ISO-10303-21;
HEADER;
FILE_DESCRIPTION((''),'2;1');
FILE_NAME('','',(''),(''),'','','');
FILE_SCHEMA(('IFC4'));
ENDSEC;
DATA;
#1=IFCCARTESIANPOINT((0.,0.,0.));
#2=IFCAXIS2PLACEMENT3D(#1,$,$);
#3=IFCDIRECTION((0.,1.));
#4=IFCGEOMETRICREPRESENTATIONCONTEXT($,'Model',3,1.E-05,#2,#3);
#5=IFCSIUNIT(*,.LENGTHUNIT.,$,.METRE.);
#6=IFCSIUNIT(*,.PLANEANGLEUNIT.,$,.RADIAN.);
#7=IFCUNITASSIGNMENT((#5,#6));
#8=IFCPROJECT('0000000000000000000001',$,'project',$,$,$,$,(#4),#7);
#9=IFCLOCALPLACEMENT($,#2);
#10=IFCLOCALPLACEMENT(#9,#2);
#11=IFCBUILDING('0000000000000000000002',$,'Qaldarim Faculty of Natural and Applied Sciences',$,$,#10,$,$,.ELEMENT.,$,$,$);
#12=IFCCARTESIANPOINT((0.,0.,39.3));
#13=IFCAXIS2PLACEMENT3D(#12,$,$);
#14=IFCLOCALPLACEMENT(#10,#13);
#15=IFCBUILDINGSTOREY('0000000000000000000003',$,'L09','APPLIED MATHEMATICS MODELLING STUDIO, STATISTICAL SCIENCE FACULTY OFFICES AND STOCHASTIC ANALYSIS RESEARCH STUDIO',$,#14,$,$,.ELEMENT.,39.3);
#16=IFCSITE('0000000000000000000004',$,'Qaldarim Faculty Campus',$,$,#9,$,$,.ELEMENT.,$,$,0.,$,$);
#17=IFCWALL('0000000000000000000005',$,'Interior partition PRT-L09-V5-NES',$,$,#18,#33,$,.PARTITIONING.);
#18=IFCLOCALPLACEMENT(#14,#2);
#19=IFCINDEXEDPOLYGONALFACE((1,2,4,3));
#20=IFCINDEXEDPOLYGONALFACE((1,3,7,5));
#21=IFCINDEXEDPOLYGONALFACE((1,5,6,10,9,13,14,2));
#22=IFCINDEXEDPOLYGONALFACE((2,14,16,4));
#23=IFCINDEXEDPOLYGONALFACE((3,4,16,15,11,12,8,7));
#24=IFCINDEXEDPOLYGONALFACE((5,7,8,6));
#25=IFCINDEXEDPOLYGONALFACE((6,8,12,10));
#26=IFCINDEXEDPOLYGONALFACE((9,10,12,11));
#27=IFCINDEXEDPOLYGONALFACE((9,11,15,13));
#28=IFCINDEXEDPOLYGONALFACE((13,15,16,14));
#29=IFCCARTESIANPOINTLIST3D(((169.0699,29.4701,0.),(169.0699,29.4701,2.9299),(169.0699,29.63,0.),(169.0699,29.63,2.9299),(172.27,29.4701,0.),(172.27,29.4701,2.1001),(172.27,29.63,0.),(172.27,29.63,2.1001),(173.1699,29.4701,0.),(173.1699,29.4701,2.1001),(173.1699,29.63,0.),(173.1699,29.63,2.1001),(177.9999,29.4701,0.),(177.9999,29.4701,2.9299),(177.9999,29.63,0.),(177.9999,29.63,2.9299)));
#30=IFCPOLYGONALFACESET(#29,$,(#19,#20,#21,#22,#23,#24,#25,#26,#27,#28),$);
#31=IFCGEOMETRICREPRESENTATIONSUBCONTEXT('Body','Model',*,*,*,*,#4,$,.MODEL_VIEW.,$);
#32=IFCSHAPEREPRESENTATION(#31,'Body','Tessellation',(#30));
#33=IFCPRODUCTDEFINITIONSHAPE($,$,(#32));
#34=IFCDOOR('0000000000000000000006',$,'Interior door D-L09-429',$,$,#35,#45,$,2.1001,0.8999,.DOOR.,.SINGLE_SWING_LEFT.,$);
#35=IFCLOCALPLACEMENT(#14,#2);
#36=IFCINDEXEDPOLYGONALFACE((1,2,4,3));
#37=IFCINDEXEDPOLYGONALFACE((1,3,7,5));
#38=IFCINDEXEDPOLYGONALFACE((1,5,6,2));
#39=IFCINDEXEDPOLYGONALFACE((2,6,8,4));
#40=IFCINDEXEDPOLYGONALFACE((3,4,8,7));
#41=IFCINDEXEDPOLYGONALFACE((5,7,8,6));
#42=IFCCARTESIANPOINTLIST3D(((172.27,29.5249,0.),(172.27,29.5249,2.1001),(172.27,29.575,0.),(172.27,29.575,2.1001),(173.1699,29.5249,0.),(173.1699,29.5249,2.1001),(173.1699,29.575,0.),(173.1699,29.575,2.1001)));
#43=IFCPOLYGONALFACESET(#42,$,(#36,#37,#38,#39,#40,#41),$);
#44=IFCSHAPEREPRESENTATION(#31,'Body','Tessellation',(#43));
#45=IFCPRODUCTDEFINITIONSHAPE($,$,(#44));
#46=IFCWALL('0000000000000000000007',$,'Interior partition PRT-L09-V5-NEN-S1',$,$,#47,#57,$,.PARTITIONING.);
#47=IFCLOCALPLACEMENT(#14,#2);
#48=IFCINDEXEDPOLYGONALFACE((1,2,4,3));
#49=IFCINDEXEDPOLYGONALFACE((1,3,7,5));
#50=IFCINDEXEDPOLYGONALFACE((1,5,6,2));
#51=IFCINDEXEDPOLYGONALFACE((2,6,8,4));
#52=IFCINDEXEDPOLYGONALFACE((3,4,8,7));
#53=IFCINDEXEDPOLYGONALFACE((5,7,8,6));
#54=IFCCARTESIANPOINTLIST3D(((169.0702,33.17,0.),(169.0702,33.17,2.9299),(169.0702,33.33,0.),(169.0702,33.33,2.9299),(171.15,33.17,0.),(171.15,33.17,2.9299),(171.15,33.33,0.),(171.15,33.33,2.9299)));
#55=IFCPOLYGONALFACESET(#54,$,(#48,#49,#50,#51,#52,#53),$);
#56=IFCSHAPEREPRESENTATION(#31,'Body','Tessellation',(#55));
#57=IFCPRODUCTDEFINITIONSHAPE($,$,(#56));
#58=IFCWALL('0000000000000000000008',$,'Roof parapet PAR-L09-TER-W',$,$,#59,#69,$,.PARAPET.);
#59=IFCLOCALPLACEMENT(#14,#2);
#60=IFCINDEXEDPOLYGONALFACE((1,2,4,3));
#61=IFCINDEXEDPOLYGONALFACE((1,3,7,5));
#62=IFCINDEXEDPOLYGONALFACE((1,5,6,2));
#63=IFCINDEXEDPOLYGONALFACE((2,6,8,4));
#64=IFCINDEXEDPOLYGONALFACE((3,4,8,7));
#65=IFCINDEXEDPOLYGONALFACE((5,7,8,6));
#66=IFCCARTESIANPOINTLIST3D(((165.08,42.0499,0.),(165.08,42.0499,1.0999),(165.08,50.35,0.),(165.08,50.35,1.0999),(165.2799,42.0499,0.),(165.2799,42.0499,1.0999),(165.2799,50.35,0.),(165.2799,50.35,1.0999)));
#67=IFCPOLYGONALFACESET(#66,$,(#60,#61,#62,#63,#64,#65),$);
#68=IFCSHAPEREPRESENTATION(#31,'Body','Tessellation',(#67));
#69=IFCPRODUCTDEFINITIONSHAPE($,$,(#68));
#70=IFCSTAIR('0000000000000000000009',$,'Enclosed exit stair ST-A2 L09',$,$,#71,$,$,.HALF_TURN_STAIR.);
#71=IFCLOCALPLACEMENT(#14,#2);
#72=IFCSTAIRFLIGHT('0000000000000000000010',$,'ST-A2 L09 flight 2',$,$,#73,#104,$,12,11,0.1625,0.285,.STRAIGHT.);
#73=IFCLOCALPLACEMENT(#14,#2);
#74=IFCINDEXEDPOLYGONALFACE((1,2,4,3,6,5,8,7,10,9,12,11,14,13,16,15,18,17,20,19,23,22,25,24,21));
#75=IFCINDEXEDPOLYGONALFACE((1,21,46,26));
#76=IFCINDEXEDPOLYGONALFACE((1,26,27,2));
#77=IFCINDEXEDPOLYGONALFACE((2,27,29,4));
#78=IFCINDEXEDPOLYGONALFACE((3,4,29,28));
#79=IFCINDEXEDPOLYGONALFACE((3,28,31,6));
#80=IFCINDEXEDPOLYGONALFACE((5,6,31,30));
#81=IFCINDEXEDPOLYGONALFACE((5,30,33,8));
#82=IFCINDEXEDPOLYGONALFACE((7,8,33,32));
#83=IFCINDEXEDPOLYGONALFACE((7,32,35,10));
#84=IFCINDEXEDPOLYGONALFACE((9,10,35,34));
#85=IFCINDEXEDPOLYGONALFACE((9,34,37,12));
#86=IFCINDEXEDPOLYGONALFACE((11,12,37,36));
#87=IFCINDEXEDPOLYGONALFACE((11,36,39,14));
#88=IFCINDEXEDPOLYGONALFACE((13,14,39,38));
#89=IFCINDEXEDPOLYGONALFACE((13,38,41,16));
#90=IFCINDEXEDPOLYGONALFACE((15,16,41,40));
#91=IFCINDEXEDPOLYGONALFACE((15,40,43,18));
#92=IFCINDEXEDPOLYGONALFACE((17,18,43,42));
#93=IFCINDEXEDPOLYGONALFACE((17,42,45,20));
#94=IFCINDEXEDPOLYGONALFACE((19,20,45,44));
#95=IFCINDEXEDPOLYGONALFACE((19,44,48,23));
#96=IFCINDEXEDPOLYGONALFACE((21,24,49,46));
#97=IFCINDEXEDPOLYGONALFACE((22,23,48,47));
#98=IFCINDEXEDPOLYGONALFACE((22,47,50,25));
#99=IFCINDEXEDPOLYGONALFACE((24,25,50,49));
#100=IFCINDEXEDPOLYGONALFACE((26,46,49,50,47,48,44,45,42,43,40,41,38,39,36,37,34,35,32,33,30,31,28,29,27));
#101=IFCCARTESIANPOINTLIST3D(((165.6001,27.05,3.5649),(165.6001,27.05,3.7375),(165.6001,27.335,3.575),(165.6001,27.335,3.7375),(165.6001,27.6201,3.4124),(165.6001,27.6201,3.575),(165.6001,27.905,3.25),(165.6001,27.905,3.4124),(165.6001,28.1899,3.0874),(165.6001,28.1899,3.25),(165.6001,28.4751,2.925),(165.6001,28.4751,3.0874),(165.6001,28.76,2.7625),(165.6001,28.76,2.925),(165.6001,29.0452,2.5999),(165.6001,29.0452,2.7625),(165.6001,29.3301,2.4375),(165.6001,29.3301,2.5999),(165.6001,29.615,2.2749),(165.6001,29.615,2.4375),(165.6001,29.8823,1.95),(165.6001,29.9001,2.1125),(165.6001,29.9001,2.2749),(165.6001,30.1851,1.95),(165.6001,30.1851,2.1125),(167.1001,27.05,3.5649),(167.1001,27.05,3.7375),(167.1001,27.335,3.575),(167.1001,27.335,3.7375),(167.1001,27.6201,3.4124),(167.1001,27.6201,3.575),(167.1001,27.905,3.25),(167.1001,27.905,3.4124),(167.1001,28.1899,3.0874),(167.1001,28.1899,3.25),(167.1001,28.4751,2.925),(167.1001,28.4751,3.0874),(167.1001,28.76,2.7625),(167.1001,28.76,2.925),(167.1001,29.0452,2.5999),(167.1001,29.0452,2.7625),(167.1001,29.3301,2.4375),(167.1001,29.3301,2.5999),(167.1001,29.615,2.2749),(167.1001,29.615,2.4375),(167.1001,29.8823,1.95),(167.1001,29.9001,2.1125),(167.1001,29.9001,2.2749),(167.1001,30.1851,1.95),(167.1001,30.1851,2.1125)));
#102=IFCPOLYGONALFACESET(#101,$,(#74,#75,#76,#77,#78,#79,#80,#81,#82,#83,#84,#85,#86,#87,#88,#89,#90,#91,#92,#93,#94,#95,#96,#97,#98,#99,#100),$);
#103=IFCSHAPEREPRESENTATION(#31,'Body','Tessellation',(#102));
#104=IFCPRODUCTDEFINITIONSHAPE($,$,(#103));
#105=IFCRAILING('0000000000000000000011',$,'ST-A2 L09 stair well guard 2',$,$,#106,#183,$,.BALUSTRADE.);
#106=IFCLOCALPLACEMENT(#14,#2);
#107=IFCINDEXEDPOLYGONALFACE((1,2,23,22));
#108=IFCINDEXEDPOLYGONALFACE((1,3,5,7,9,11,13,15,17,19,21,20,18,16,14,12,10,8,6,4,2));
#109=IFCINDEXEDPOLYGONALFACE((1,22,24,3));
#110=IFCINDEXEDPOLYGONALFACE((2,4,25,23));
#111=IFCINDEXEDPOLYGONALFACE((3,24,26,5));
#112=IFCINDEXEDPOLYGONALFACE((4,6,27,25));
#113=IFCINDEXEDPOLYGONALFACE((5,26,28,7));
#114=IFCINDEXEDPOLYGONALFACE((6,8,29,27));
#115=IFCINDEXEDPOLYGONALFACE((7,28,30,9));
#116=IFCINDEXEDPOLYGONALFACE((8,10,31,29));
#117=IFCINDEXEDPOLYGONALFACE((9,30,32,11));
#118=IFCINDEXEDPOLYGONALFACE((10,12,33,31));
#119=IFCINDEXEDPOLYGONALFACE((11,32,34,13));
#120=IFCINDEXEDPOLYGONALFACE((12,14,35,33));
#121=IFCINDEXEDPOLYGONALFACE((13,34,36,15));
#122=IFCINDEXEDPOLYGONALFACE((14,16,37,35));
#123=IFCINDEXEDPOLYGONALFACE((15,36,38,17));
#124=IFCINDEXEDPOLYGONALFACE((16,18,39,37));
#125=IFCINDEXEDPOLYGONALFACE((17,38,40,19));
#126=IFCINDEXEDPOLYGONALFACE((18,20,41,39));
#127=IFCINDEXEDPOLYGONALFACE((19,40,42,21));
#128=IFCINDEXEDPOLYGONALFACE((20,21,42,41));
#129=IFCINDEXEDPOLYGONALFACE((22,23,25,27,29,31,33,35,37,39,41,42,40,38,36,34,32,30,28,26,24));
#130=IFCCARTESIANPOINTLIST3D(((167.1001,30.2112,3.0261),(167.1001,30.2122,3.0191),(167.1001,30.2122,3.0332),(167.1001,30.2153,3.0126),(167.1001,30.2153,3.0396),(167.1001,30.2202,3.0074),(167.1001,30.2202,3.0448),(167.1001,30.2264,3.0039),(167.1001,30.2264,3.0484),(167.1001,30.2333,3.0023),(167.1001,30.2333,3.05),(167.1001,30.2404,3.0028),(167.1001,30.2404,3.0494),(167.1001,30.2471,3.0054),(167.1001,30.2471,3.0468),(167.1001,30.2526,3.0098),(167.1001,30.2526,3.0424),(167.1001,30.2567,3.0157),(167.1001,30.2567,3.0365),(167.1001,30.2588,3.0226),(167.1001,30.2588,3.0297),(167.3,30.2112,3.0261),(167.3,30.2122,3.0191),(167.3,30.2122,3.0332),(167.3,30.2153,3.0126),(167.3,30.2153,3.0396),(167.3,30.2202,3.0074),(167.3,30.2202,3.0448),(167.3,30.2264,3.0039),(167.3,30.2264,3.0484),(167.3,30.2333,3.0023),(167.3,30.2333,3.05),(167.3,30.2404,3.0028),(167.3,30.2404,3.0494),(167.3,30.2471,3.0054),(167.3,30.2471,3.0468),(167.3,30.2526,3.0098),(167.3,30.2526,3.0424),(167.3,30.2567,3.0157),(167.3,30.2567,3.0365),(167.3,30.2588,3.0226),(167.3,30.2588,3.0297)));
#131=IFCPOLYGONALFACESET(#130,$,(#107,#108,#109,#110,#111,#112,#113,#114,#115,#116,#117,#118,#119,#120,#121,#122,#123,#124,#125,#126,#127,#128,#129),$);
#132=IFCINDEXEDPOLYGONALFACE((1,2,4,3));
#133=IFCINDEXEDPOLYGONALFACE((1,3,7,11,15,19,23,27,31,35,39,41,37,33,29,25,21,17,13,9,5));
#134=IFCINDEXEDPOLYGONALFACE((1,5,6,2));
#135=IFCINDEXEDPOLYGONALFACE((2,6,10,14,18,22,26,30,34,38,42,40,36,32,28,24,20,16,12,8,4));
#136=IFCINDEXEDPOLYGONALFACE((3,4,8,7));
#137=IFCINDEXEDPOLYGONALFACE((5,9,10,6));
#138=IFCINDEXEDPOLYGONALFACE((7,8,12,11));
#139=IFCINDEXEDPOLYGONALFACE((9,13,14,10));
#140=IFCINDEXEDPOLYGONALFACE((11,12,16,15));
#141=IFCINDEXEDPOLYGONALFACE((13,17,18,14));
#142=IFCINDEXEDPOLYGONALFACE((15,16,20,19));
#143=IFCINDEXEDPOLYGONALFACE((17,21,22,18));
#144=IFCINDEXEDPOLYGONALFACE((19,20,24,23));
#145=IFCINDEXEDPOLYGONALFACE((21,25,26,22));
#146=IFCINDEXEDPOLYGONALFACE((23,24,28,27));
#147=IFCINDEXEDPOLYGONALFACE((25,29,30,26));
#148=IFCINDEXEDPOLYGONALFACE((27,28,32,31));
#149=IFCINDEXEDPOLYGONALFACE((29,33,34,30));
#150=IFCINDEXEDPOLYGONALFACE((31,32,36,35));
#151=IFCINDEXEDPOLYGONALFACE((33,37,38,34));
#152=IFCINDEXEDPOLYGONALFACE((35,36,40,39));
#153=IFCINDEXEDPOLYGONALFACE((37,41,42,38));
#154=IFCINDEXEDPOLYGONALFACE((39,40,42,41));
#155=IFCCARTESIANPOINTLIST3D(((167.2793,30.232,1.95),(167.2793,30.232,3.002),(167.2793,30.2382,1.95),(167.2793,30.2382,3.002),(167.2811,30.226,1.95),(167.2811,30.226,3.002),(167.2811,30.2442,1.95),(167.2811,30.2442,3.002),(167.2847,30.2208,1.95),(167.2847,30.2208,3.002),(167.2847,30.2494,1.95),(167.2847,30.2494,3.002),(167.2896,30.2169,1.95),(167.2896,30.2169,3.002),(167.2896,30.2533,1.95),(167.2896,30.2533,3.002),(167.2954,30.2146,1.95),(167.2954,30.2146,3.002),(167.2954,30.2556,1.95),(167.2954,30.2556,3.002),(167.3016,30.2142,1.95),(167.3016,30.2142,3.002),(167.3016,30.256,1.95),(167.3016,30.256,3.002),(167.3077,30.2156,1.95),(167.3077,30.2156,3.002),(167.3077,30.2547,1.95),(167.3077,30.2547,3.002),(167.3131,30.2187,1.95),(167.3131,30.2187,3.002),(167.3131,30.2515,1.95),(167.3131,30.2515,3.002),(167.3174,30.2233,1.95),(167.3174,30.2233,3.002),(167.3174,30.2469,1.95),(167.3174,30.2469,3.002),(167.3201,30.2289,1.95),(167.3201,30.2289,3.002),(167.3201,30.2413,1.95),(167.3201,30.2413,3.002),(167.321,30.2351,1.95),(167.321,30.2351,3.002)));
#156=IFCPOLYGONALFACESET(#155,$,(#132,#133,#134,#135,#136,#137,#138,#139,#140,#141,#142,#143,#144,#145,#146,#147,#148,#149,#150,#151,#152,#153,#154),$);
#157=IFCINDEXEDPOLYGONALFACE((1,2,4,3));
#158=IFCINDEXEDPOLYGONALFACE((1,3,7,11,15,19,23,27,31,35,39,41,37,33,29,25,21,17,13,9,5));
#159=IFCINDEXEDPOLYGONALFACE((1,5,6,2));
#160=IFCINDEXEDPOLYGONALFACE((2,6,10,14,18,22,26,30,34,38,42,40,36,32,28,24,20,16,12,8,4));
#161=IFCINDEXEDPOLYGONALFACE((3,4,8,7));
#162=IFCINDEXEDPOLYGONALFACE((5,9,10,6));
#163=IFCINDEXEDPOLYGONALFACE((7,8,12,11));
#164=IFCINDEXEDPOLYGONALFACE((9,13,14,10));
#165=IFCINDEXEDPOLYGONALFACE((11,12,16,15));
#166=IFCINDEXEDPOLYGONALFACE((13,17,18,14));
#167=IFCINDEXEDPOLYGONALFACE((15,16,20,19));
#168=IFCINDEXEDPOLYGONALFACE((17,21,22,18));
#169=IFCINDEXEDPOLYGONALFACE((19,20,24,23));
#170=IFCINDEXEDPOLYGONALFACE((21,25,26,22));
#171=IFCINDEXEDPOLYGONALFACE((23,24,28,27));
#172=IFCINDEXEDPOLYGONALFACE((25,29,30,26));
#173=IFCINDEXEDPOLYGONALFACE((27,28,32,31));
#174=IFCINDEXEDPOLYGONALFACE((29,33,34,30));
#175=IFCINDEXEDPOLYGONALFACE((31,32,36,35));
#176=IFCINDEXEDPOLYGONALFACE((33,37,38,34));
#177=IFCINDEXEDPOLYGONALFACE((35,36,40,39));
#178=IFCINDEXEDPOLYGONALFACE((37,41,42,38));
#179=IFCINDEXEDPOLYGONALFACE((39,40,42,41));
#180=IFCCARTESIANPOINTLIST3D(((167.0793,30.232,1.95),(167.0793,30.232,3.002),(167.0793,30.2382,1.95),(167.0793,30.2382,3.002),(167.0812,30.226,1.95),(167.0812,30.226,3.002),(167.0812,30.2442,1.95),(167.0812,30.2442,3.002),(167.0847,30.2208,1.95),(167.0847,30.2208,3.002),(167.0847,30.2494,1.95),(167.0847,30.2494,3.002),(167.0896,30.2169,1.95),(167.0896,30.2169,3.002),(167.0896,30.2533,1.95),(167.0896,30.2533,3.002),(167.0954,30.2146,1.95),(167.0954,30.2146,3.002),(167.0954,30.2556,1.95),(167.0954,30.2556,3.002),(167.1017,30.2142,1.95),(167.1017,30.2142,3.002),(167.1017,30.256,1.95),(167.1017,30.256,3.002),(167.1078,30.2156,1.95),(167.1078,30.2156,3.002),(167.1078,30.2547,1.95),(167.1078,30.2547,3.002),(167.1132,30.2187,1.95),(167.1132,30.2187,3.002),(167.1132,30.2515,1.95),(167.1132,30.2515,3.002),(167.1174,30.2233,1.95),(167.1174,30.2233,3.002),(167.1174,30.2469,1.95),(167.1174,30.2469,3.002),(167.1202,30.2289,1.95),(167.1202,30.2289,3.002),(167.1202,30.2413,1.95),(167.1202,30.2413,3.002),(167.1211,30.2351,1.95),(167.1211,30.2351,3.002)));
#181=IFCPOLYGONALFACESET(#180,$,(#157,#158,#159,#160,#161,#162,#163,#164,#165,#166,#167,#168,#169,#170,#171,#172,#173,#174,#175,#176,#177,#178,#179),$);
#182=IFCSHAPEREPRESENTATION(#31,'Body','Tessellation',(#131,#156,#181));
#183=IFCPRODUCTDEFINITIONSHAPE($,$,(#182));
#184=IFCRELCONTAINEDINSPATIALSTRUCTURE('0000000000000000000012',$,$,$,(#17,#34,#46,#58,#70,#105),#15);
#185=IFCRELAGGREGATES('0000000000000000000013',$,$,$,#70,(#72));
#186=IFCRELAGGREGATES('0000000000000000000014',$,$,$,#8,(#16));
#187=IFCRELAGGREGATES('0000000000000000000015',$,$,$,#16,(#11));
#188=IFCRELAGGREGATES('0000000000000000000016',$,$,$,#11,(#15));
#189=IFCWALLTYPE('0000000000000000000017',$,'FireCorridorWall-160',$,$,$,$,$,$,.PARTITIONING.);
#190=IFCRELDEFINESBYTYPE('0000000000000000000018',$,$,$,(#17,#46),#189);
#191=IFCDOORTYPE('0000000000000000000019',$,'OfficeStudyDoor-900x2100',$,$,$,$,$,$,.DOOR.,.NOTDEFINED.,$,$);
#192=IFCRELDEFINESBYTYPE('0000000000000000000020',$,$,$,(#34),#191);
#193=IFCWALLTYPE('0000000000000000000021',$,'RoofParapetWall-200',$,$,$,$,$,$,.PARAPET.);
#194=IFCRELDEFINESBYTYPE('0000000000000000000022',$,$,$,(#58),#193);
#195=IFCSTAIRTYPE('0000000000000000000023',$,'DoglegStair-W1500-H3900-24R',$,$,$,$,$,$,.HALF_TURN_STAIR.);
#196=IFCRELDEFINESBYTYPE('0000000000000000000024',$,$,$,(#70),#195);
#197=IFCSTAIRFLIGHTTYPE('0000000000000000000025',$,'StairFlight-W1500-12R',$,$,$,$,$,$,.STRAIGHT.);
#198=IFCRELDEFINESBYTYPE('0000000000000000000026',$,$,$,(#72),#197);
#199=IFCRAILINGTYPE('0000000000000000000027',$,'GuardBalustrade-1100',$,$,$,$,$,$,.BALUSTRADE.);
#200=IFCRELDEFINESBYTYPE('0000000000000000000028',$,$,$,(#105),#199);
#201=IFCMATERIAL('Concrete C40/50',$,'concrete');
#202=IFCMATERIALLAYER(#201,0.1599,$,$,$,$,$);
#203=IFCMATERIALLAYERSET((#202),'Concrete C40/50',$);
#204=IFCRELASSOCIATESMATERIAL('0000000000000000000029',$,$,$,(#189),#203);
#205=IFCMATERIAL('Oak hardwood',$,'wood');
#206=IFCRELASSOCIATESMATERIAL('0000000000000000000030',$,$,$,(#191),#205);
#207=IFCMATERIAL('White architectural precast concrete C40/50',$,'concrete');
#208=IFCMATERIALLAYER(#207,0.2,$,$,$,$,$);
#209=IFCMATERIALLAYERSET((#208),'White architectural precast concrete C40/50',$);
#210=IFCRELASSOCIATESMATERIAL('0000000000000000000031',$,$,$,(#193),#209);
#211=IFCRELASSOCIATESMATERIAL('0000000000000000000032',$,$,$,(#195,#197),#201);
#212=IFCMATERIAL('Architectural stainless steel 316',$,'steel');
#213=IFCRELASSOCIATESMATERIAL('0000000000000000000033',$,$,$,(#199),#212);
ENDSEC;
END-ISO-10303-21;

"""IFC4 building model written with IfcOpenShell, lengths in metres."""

from ifc_helpers import new_model, si_unit, direction, frame, frame_2d, origin, origin_2d, place, context, subcontext, project, spatial, polyline, rectangle, circle, outline, extrude, material, layer, layer_set, type_object, element, fill, aggregate, save


model = new_model("IFC4")

# Units and contexts
model_context = context("Model", 3, precision=1e-05, world=origin(), true_north=direction((0.0, 1.0)))
body_context = subcontext(model_context, "Body", "Model", "MODEL_VIEW")
ifc_project = project(units=[si_unit("LENGTHUNIT", "METRE"), si_unit("PLANEANGLEUNIT", "RADIAN")], contexts=[model_context])

# Site, building, storey
site_placement = place(None, origin())
site = spatial("IfcSite", under=ifc_project, at=site_placement, Name="Qaldarim Faculty Campus", CompositionType="ELEMENT", RefElevation=0.0)
building_placement = place(site_placement, origin())
building = spatial("IfcBuilding", under=site, at=building_placement, Name="Qaldarim Faculty of Natural and Applied Sciences", CompositionType="ELEMENT")
storey_placement = place(building_placement, frame((0.0, 0.0, 39.3)))
storey = spatial("IfcBuildingStorey", under=building, at=storey_placement, Name="L09", Description="APPLIED MATHEMATICS MODELLING STUDIO, STATISTICAL SCIENCE FACULTY OFFICES AND STOCHASTIC ANALYSIS RESEARCH STUDIO", CompositionType="ELEMENT", Elevation=39.3)

# Shared definitions
ifc_material_1 = material(Name="Concrete C40/50", Category="concrete")

# Shared definitions
ifc_material_2 = material(Name="Architectural stainless steel 316", Category="steel")

# Shared definitions
ifc_layer_1 = layer(ifc_material_1, 0.1599)
ifc_layer_set_1 = layer_set([ifc_layer_1], Name="Concrete C40/50")
wall_type_1 = type_object("IfcWallType", Name="FireCorridorWall-160", PredefinedType="PARTITIONING", material=ifc_layer_set_1)
ifc_material_3 = material(Name="Oak hardwood", Category="wood")

# Wall, opening, door
wall_1_placement = place(storey_placement, frame((169.0701, 29.55, 0.0), z_axis=(0.0, 0.0, 1.0), x_axis=(1.0, 0.0, 0.0)))
wall_1 = element("IfcWall", 1, at=wall_1_placement, inside=storey, type_object=wall_type_1, Name="Interior partition PRT-L09-V5-NES", PredefinedType="PARTITIONING", context=body_context, shape_type="SweptSolid", body=[
    extrude(rectangle(XDim=8.9299, YDim=0.1599, at=frame_2d((4.4648, 0.0))), origin(), (0.0, 0.0, 1.0), 2.9299),
])
opening_1_placement = place(wall_1_placement, frame((3.2, 0.0, 0.0)))
opening_1 = element("IfcOpeningElement", 2, at=opening_1_placement, cuts=wall_1, PredefinedType="OPENING", context=body_context, shape_type="SweptSolid", body=[
    extrude(rectangle(XDim=0.8999, YDim=2.1001, at=frame_2d((0.45, 1.05))), frame((0.0, 0.0898, 0.0), z_axis=(0.0, -1.0, 0.0), x_axis=(1.0, 0.0, 0.0)), (0.0, 0.0, 1.0), 0.1799),
])
door_type_1 = type_object("IfcDoorType", Name="OfficeStudyDoor-900x2100", OperationType="NOTDEFINED", PredefinedType="DOOR", material=ifc_material_3)
door_1_placement = place(opening_1_placement, origin())
door_1 = element("IfcDoor", 3, at=door_1_placement, inside=storey, type_object=door_type_1, Name="Interior door D-L09-429", OperationType="SINGLE_SWING_LEFT", OverallHeight=2.1001, OverallWidth=0.8999, PredefinedType="DOOR", context=body_context, shape_type="SweptSolid", body=[
    extrude(rectangle(XDim=0.8999, YDim=2.1001, at=frame_2d((0.45, 1.05))), frame((0.0, 0.0249, 0.0), z_axis=(0.0, -1.0, 0.0), x_axis=(1.0, 0.0, 0.0)), (0.0, 0.0, 1.0), 0.05),
])
fill(opening_1, door_1)

# Walls
wall_2_placement = place(storey_placement, frame((169.0701, 33.25, 0.0), z_axis=(0.0, 0.0, 1.0), x_axis=(1.0, 0.0, 0.0)))
element("IfcWall", 4, at=wall_2_placement, inside=storey, type_object=wall_type_1, Name="Interior partition PRT-L09-V5-NEN-S1", PredefinedType="PARTITIONING", context=body_context, shape_type="SweptSolid", body=[
    extrude(rectangle(XDim=2.0798, YDim=0.1599, at=frame_2d((1.04, 0.0))), origin(), (0.0, 0.0, 1.0), 2.9299),
])
ifc_material_4 = material(Name="White architectural precast concrete C40/50", Category="concrete")
ifc_layer_2 = layer(ifc_material_4, 0.2)
ifc_layer_set_2 = layer_set([ifc_layer_2], Name="White architectural precast concrete C40/50")
wall_type_2 = type_object("IfcWallType", Name="RoofParapetWall-200", PredefinedType="PARAPET", material=ifc_layer_set_2)
wall_3_placement = place(storey_placement, frame((165.1799, 42.05, 0.0), z_axis=(0.0, 0.0, 1.0), x_axis=(0.0, 1.0, 0.0)))
element("IfcWall", 5, at=wall_3_placement, inside=storey, type_object=wall_type_2, Name="Roof parapet PAR-L09-TER-W", PredefinedType="PARAPET", context=body_context, shape_type="SweptSolid", body=[
    extrude(rectangle(XDim=8.3, YDim=0.2, at=frame_2d((4.1499, 0.0))), origin(), (0.0, 0.0, 1.0), 1.0999),
])

# Stair, stair flight
stair_type = type_object("IfcStairType", Name="DoglegStair-W1500-H3900-24R", PredefinedType="HALF_TURN_STAIR", material=ifc_material_1)
stair_placement = place(storey_placement, origin())
stair = element("IfcStair", 6, at=stair_placement, inside=storey, type_object=stair_type, Name="Enclosed exit stair ST-A2 L09", PredefinedType="HALF_TURN_STAIR")
stair_flight_type = type_object("IfcStairFlightType", Name="StairFlight-W1500-12R", PredefinedType="STRAIGHT", material=ifc_material_1)
stair_flight_placement = place(storey_placement, frame((166.3501, 30.1851, 1.95), z_axis=(0.0, 0.0, 1.0), x_axis=(0.0, -1.0, 0.0)))
stair_flight = element("IfcStairFlight", 7, at=stair_flight_placement, type_object=stair_flight_type, Name="ST-A2 L09 flight 2", NumberOfRisers=12, NumberOfTreads=11, PredefinedType="STRAIGHT", RiserHeight=0.1625, TreadLength=0.285, context=body_context, shape_type="SweptSolid", body=[
    extrude(outline(polyline([(0.0, 0.0), (0.0, 0.1626), (0.2849, 0.1626), (0.2849, 0.325), (0.5701, 0.325), (0.5701, 0.4875), (0.855, 0.4875), (0.855, 0.6499), (1.1399, 0.6499), (1.1399, 0.8125), (1.425, 0.8125), (1.425, 0.9751), (1.71, 0.9751), (1.71, 1.1375), (1.9951, 1.1375), (1.9951, 1.3), (2.28, 1.3), (2.28, 1.4624), (2.5649, 1.4624), (2.5649, 1.625), (2.8501, 1.625), (2.8501, 1.7876), (3.135, 1.7876), (3.135, 1.95), (3.135, 1.615), (0.3027, 0.0), (0.0, 0.0)])), frame((0.0, 0.75, 0.0), z_axis=(0.0, -1.0, 0.0), x_axis=(1.0, 0.0, 0.0)), (0.0, 0.0, 1.0), 1.5),
])
aggregate(stair, [stair_flight])

# Railing
railing_type_1 = type_object("IfcRailingType", Name="GuardBalustrade-1100", PredefinedType="BALUSTRADE", material=ifc_material_2)
railing_1_placement = place(storey_placement, frame((167.3, 30.2351, 1.95)))
element("IfcRailing", 8, at=railing_1_placement, inside=storey, type_object=railing_type_1, Name="ST-A2 L09 stair well guard 2", PredefinedType="BALUSTRADE", context=body_context, shape_type="SweptSolid", body=[
    extrude(circle(Radius=0.0239, at=origin_2d()), frame((0.0, 0.0, 1.0762), z_axis=(-1.0, 0.0, 0.0), x_axis=(0.0, -1.0, 0.0)), (0.0, 0.0, 1.0), 0.2),
    extrude(circle(Radius=0.021, at=origin_2d()), origin(), (0.0, 0.0, 1.0), 1.052),
    extrude(circle(Radius=0.021, at=origin_2d()), frame((-0.2, 0.0, 0.0)), (0.0, 0.0, 1.0), 1.052),
])

save(model, "model.ifc")
